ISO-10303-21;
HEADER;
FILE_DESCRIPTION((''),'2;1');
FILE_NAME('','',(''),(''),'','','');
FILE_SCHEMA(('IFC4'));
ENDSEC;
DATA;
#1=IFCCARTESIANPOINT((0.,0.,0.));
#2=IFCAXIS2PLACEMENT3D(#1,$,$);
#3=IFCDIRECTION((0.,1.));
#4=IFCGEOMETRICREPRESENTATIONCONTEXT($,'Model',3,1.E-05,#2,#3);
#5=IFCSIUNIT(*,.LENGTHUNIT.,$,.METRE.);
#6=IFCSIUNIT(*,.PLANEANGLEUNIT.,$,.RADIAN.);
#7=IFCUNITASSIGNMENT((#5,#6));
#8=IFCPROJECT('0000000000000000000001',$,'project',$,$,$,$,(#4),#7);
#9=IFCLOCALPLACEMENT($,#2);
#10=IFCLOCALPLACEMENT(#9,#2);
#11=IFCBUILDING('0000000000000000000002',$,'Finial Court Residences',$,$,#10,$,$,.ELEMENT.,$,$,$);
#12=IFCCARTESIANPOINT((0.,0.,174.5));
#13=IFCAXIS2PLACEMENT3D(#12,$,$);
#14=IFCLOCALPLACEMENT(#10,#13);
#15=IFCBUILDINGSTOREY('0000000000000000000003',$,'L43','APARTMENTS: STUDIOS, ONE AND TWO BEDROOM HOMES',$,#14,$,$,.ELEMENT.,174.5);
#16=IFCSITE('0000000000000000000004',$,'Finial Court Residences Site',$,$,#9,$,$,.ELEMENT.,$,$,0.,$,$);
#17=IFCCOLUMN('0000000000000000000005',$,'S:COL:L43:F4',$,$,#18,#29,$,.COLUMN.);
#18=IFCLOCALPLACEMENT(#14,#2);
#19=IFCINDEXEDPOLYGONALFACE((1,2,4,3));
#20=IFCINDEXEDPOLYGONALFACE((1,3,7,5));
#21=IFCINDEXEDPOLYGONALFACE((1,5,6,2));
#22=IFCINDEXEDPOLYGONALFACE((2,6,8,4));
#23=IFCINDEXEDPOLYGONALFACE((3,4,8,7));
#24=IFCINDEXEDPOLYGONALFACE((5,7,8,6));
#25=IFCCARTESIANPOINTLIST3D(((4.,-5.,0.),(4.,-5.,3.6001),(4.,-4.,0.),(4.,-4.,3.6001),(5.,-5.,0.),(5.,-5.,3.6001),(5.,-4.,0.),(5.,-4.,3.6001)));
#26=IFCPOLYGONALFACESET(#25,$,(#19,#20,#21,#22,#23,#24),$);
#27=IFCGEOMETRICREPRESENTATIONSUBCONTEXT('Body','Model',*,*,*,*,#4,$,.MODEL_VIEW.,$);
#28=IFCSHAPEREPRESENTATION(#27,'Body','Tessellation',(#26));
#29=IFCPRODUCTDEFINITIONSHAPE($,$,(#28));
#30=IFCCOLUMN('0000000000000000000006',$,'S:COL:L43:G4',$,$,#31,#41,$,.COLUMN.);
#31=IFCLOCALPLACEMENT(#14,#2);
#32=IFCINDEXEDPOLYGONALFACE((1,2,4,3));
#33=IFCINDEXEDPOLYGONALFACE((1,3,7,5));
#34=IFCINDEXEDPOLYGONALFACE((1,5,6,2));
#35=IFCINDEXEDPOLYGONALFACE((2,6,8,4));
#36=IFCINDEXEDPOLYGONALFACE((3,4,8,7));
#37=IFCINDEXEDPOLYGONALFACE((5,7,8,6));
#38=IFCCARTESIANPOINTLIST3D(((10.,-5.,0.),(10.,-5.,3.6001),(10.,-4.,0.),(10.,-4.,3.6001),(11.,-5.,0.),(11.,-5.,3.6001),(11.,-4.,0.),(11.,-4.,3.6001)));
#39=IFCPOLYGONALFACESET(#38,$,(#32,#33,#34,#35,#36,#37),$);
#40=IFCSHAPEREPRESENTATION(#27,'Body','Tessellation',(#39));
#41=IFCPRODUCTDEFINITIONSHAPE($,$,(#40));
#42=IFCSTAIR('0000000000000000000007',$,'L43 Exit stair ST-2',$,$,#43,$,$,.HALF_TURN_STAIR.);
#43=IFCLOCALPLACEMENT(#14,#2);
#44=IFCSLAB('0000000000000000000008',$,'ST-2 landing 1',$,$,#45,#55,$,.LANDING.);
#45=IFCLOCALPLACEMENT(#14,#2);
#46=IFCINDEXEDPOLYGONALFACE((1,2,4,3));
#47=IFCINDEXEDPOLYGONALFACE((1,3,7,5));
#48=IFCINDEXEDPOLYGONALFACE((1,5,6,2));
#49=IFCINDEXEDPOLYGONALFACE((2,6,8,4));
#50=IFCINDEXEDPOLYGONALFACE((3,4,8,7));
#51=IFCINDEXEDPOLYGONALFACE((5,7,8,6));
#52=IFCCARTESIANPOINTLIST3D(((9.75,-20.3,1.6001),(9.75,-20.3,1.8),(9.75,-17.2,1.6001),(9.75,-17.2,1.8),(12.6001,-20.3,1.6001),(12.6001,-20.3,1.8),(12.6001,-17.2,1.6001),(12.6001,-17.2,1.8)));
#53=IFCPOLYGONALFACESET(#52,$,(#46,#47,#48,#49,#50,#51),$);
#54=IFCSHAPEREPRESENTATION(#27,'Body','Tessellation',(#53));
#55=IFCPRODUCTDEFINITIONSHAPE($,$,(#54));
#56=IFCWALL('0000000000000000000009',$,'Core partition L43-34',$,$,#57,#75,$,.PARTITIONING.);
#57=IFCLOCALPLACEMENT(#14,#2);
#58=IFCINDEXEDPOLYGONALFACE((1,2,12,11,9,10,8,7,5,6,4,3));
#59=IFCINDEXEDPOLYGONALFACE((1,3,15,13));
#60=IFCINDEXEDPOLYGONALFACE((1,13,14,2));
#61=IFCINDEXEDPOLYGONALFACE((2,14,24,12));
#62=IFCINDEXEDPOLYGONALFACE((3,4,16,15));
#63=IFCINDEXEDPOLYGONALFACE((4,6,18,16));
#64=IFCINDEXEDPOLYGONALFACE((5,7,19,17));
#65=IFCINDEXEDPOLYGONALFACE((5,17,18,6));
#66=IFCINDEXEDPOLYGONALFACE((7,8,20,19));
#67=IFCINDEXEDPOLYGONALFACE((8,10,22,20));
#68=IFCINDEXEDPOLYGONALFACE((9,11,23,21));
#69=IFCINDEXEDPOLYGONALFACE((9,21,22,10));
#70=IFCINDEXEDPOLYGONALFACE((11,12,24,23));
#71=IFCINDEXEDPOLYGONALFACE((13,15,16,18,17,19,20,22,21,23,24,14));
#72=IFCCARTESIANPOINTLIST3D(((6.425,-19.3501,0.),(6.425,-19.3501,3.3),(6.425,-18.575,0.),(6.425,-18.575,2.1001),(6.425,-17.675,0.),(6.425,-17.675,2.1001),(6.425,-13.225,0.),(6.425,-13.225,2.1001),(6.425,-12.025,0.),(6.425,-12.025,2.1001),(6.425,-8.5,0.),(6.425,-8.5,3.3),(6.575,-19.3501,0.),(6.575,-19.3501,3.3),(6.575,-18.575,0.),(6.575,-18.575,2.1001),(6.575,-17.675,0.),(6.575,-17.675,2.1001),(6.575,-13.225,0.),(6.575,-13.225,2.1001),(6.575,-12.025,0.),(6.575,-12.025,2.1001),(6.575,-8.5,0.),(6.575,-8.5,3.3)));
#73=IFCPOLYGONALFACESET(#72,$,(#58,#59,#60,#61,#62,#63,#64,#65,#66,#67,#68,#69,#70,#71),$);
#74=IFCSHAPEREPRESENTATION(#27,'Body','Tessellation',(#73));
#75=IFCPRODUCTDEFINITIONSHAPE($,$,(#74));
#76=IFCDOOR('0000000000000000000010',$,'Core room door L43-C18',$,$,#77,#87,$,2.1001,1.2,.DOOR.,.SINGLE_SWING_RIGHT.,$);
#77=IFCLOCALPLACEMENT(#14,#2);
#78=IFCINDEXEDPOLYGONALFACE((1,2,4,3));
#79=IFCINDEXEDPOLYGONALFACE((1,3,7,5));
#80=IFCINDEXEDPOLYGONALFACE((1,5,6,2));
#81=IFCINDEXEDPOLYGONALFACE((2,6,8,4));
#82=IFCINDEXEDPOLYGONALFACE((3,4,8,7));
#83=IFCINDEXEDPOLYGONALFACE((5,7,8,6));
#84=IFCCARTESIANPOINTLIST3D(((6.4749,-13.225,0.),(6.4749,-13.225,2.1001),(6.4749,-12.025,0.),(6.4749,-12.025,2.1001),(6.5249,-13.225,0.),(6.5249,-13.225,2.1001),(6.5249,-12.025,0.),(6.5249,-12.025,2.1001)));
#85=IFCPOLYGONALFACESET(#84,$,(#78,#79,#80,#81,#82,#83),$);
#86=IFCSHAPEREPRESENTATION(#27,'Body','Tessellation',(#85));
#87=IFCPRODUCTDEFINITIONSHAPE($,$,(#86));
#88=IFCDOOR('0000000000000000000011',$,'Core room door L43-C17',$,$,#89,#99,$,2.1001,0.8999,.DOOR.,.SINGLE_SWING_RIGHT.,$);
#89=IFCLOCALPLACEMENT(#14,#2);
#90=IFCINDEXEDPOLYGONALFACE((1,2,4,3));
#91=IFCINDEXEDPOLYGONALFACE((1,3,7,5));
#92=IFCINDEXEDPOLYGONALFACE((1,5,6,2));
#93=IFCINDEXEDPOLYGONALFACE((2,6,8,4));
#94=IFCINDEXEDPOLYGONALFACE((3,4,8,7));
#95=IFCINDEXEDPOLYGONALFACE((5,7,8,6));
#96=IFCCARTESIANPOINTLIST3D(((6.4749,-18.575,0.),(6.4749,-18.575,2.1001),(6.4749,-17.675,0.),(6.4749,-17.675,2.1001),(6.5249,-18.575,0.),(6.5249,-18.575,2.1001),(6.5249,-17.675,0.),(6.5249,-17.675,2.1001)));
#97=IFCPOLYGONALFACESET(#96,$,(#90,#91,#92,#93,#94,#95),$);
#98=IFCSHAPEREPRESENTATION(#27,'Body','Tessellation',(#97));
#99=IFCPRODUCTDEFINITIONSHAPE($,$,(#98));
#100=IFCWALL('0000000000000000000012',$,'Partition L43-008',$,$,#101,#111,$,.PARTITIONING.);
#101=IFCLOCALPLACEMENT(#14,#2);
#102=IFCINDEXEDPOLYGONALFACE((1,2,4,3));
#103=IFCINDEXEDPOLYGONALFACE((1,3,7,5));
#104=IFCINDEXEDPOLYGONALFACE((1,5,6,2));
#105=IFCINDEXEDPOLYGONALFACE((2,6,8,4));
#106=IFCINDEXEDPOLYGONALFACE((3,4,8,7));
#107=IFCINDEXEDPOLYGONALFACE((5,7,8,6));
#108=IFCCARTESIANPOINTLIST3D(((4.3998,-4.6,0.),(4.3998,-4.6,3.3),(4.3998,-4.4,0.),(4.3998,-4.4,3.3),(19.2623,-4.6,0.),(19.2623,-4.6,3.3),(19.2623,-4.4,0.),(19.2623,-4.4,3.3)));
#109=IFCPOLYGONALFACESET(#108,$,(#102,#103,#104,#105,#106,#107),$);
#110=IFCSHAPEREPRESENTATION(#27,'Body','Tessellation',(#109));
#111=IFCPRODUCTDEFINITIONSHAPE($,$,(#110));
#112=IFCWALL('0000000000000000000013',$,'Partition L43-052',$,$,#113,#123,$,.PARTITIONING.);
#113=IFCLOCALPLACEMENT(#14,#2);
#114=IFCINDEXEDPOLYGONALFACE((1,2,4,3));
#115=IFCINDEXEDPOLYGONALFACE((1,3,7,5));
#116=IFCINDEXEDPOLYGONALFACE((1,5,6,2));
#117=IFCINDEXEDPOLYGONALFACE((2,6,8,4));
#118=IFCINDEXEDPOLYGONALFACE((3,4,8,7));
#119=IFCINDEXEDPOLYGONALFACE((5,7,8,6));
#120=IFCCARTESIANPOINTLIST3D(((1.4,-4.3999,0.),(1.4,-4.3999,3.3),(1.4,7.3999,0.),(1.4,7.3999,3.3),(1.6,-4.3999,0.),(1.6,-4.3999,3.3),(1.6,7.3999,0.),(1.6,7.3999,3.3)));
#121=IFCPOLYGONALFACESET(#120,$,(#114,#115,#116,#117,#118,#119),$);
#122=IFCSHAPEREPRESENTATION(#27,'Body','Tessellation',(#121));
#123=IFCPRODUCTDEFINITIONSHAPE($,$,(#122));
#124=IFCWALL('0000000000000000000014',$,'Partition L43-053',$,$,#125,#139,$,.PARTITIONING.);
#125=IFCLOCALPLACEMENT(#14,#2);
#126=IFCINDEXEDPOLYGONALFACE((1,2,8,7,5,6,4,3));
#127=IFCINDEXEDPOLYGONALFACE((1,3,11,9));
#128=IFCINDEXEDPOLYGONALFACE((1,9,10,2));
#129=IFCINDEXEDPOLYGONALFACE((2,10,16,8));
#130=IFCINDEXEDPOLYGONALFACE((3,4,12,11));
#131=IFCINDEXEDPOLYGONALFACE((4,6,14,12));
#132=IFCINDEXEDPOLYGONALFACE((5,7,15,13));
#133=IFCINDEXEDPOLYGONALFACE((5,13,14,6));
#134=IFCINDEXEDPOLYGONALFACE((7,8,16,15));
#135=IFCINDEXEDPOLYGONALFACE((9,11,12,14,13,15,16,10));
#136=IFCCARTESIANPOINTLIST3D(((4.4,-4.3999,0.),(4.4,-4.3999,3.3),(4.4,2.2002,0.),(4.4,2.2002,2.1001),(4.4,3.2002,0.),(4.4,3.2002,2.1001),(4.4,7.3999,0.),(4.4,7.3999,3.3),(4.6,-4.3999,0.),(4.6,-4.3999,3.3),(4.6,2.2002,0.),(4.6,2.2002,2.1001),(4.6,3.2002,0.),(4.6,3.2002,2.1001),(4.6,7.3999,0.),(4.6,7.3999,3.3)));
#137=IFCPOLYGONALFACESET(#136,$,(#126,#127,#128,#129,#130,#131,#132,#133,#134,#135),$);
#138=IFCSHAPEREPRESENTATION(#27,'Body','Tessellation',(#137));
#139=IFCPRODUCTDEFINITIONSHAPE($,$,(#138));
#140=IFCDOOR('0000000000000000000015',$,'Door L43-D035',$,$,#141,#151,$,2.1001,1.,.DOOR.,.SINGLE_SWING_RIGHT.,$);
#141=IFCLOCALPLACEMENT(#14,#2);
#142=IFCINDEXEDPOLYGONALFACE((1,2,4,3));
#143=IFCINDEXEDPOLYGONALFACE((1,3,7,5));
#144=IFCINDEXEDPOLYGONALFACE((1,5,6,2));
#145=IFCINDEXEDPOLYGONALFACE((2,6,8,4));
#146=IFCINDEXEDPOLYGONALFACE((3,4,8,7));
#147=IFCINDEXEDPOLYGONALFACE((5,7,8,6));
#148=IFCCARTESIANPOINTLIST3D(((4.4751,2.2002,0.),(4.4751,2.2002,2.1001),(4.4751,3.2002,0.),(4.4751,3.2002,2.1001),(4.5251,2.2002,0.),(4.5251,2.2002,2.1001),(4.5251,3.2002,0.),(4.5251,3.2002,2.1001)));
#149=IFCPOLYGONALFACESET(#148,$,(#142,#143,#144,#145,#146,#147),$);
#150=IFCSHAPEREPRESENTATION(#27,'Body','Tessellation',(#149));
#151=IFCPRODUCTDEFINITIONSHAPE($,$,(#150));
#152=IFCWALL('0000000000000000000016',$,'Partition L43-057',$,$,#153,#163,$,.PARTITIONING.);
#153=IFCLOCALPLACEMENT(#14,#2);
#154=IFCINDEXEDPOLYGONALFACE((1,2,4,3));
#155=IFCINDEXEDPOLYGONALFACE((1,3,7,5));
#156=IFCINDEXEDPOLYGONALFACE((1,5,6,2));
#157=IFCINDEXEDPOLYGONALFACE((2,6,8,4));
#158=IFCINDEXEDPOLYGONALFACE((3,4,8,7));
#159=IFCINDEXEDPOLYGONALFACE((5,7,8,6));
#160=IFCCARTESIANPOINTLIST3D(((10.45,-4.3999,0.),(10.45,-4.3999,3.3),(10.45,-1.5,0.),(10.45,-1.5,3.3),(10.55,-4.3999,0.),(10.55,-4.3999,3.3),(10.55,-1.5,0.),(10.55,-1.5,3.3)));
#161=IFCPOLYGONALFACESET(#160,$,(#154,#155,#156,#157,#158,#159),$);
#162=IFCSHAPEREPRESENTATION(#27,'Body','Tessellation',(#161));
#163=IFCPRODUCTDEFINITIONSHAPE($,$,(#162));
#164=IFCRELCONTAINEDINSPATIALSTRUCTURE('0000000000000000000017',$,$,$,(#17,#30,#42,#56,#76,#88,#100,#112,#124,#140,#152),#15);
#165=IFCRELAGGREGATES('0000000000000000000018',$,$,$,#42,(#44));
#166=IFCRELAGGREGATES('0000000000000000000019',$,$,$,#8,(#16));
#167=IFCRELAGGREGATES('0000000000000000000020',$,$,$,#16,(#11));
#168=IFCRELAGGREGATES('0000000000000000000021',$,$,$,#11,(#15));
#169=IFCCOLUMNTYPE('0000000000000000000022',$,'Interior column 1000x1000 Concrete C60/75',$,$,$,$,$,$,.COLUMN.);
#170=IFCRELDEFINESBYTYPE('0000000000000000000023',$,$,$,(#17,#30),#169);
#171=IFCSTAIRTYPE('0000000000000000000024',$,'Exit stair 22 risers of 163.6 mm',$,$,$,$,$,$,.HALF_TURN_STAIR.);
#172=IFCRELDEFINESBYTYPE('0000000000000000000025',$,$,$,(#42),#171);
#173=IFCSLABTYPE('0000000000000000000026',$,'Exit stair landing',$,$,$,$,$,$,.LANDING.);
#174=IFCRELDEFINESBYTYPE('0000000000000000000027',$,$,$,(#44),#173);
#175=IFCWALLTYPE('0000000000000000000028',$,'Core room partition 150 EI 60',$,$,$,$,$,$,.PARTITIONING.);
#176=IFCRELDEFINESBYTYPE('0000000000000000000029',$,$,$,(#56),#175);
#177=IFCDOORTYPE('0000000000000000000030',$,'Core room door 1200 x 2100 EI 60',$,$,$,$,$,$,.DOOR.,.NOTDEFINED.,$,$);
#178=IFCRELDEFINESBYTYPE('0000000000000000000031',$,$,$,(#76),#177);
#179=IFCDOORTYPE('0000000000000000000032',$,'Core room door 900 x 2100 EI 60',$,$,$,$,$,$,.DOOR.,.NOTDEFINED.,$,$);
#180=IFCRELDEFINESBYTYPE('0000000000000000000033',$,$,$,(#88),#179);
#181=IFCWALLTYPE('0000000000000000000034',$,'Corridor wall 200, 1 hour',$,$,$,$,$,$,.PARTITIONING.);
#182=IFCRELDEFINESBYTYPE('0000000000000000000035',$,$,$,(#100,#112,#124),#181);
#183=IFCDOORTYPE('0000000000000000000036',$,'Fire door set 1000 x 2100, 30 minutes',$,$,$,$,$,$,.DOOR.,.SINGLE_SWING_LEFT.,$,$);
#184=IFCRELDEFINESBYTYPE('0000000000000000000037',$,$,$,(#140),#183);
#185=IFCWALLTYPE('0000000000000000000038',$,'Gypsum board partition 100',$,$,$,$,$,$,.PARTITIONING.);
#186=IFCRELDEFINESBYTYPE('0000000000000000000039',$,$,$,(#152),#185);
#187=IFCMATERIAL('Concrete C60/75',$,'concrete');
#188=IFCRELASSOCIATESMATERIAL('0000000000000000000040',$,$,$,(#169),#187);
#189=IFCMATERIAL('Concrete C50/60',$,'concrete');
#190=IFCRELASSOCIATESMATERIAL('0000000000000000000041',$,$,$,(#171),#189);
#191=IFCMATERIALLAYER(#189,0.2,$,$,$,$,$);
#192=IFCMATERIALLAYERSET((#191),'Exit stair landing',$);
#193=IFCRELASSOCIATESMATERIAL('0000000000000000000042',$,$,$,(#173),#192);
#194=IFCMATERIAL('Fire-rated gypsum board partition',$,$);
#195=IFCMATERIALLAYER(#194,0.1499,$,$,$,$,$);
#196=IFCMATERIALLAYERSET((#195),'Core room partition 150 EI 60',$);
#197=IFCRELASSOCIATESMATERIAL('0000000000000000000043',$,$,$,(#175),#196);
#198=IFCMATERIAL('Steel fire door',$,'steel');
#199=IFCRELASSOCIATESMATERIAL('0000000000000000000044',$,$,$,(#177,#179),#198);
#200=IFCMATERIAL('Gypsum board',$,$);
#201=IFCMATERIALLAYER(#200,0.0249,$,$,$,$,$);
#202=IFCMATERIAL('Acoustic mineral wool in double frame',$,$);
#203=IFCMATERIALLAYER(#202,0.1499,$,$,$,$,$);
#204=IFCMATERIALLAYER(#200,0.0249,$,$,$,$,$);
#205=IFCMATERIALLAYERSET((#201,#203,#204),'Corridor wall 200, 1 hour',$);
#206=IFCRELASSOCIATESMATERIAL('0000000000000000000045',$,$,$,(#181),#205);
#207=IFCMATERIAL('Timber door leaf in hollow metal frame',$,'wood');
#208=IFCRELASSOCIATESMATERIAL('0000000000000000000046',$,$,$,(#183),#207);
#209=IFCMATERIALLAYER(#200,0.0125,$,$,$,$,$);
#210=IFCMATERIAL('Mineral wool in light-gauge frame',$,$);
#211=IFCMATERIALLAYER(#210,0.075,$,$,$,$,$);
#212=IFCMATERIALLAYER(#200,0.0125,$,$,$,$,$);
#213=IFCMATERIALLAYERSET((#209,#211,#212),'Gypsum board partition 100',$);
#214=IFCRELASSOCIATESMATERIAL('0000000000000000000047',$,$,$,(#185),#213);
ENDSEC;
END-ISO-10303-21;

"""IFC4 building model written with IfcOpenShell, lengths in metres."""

from ifc_helpers import new_model, si_unit, direction, frame, frame_2d, origin, origin_2d, place, context, subcontext, project, spatial, polyline, rectangle, outline, extrude, material, layer, layer_set, material_profile, profile_set, type_object, element, fill, aggregate, save


model = new_model("IFC4")

# Units and contexts
model_context = context("Model", 3, precision=1e-05, world=origin(), true_north=direction((0.0, 1.0)))
body_context = subcontext(model_context, "Body", "Model", "MODEL_VIEW")
ifc_project = project(units=[si_unit("LENGTHUNIT", "METRE"), si_unit("PLANEANGLEUNIT", "RADIAN")], contexts=[model_context])

# Site, building, storey
site_placement = place(None, origin())
site = spatial("IfcSite", under=ifc_project, at=site_placement, Name="Finial Court Residences Site", CompositionType="ELEMENT", RefElevation=0.0)
building_placement = place(site_placement, origin())
building = spatial("IfcBuilding", under=site, at=building_placement, Name="Finial Court Residences", CompositionType="ELEMENT")
storey_placement = place(building_placement, frame((0.0, 0.0, 174.5)))
storey = spatial("IfcBuildingStorey", under=building, at=storey_placement, Name="L43", Description="APARTMENTS: STUDIOS, ONE AND TWO BEDROOM HOMES", CompositionType="ELEMENT", Elevation=174.5)

# Columns
ifc_material_1 = material(Name="Concrete C60/75", Category="concrete")
ifc_material_profile = material_profile(ifc_material_1, rectangle(XDim=1.0, YDim=1.0, at=origin_2d()), Name="1000x1000")
ifc_profile_set = profile_set([ifc_material_profile], Name="Concrete C60/75")
column_type = type_object("IfcColumnType", Name="Interior column 1000x1000 Concrete C60/75", PredefinedType="COLUMN", material=ifc_profile_set)
for number, where, z_axis, x_axis, name in (
    (1, (4.5, -4.5, 0.0), (0.0, 0.0, 1.0), (1.0, 0.0, 0.0), "S:COL:L43:F4"),
    (2, (10.5, -4.5, 0.0), (0.0, 0.0, 1.0), (1.0, 0.0, 0.0), "S:COL:L43:G4"),
):
    element("IfcColumn", number, at=place(storey_placement, frame(where, z_axis=z_axis, x_axis=x_axis)), inside=storey, type_object=column_type, Name=name, PredefinedType="COLUMN", context=body_context, shape_type="SweptSolid", body=[
        extrude(rectangle(XDim=1.0, YDim=1.0, at=origin_2d()), origin(), (0.0, 0.0, 1.0), 3.6001),
    ])

# Stair, slab
ifc_material_2 = material(Name="Concrete C50/60", Category="concrete")
stair_type = type_object("IfcStairType", Name="Exit stair 22 risers of 163.6 mm", PredefinedType="HALF_TURN_STAIR", material=ifc_material_2)
stair_placement = place(storey_placement, origin())
stair = element("IfcStair", 3, at=stair_placement, inside=storey, type_object=stair_type, Name="L43 Exit stair ST-2", PredefinedType="HALF_TURN_STAIR")
ifc_layer_1 = layer(ifc_material_2, 0.2)
ifc_layer_set_1 = layer_set([ifc_layer_1], Name="Exit stair landing")
slab_type = type_object("IfcSlabType", Name="Exit stair landing", PredefinedType="LANDING", material=ifc_layer_set_1)
slab_placement = place(storey_placement, frame((0.0, 0.0, 1.6001)))
slab = element("IfcSlab", 4, at=slab_placement, type_object=slab_type, Name="ST-2 landing 1", PredefinedType="LANDING", context=body_context, shape_type="SweptSolid", body=[
    extrude(outline(polyline([(12.6001, -20.3), (12.6001, -17.2), (9.75, -17.2), (9.75, -20.3), (12.6001, -20.3)])), origin(), (0.0, 0.0, 1.0), 0.2),
])
aggregate(stair, [slab])

# Wall, openings, doors
ifc_material_3 = material(Name="Fire-rated gypsum board partition")
ifc_layer_2 = layer(ifc_material_3, 0.1499)
ifc_layer_set_2 = layer_set([ifc_layer_2], Name="Core room partition 150 EI 60")
wall_type_1 = type_object("IfcWallType", Name="Core room partition 150 EI 60", PredefinedType="PARTITIONING", material=ifc_layer_set_2)
wall_1_placement = place(storey_placement, frame((6.5, -8.5, 0.0), z_axis=(0.0, 0.0, 1.0), x_axis=(0.0, -1.0, 0.0)))
wall_1 = element("IfcWall", 5, at=wall_1_placement, inside=storey, type_object=wall_type_1, Name="Core partition L43-34", PredefinedType="PARTITIONING", context=body_context, shape_type="SweptSolid", body=[
    extrude(rectangle(XDim=10.8501, YDim=0.1499, at=frame_2d((5.425, 0.0))), origin(), (0.0, 0.0, 1.0), 3.3),
])
opening_1_placement = place(wall_1_placement, frame((9.175, 0.0, 0.0)))
opening_1 = element("IfcOpeningElement", 6, at=opening_1_placement, cuts=wall_1, PredefinedType="OPENING", context=body_context, shape_type="SweptSolid", body=[
    extrude(rectangle(XDim=0.8999, YDim=2.1001, at=frame_2d((0.45, 1.05))), frame((0.0, 0.085, 0.0), z_axis=(0.0, -1.0, 0.0), x_axis=(1.0, 0.0, 0.0)), (0.0, 0.0, 1.0), 0.1699),
])
opening_2_placement = place(wall_1_placement, frame((3.5249, 0.0, 0.0)))
opening_2 = element("IfcOpeningElement", 7, at=opening_2_placement, cuts=wall_1, PredefinedType="OPENING", context=body_context, shape_type="SweptSolid", body=[
    extrude(rectangle(XDim=1.2, YDim=2.1001, at=frame_2d((0.6001, 1.05))), frame((0.0, 0.085, 0.0), z_axis=(0.0, -1.0, 0.0), x_axis=(1.0, 0.0, 0.0)), (0.0, 0.0, 1.0), 0.1699),
])
ifc_material_4 = material(Name="Steel fire door", Category="steel")
door_type_1 = type_object("IfcDoorType", Name="Core room door 1200 x 2100 EI 60", OperationType="NOTDEFINED", PredefinedType="DOOR", material=ifc_material_4)
door_1_placement = place(opening_2_placement, origin())
door_1 = element("IfcDoor", 8, at=door_1_placement, inside=storey, type_object=door_type_1, Name="Core room door L43-C18", OperationType="SINGLE_SWING_RIGHT", OverallHeight=2.1001, OverallWidth=1.2, PredefinedType="DOOR", context=body_context, shape_type="SweptSolid", body=[
    extrude(rectangle(XDim=1.2, YDim=2.1001, at=frame_2d((0.6001, 1.05))), frame((0.0, 0.0249, 0.0), z_axis=(0.0, -1.0, 0.0), x_axis=(1.0, 0.0, 0.0)), (0.0, 0.0, 1.0), 0.05),
])
fill(opening_2, door_1)
door_type_2 = type_object("IfcDoorType", Name="Core room door 900 x 2100 EI 60", OperationType="NOTDEFINED", PredefinedType="DOOR", material=ifc_material_4)
door_2_placement = place(opening_1_placement, origin())
door_2 = element("IfcDoor", 9, at=door_2_placement, inside=storey, type_object=door_type_2, Name="Core room door L43-C17", OperationType="SINGLE_SWING_RIGHT", OverallHeight=2.1001, OverallWidth=0.8999, PredefinedType="DOOR", context=body_context, shape_type="SweptSolid", body=[
    extrude(rectangle(XDim=0.8999, YDim=2.1001, at=frame_2d((0.45, 1.05))), frame((0.0, 0.0249, 0.0), z_axis=(0.0, -1.0, 0.0), x_axis=(1.0, 0.0, 0.0)), (0.0, 0.0, 1.0), 0.05),
])
fill(opening_1, door_2)

# Walls
ifc_material_5 = material(Name="Gypsum board")
ifc_layer_3 = layer(ifc_material_5, 0.0249)
ifc_material_6 = material(Name="Acoustic mineral wool in double frame")
ifc_layer_4 = layer(ifc_material_6, 0.1499)
ifc_layer_5 = layer(ifc_material_5, 0.0249)
ifc_layer_set_3 = layer_set([ifc_layer_3, ifc_layer_4, ifc_layer_5], Name="Corridor wall 200, 1 hour")
wall_type_2 = type_object("IfcWallType", Name="Corridor wall 200, 1 hour", PredefinedType="PARTITIONING", material=ifc_layer_set_3)
wall_2_placement = place(storey_placement, frame((4.3999, -4.5, 0.0), z_axis=(0.0, 0.0, 1.0), x_axis=(1.0, 0.0, 0.0)))
element("IfcWall", 10, at=wall_2_placement, inside=storey, type_object=wall_type_2, Name="Partition L43-008", PredefinedType="PARTITIONING", context=body_context, shape_type="SweptSolid", body=[
    extrude(rectangle(XDim=14.8625, YDim=0.2, at=frame_2d((7.4312, 0.0))), origin(), (0.0, 0.0, 1.0), 3.3),
])
wall_3_placement = place(storey_placement, frame((1.5, -4.3999, 0.0), z_axis=(0.0, 0.0, 1.0), x_axis=(0.0, 1.0, 0.0)))
element("IfcWall", 11, at=wall_3_placement, inside=storey, type_object=wall_type_2, Name="Partition L43-052", PredefinedType="PARTITIONING", context=body_context, shape_type="SweptSolid", body=[
    extrude(rectangle(XDim=11.7998, YDim=0.2, at=frame_2d((5.8999, 0.0))), origin(), (0.0, 0.0, 1.0), 3.3),
])

# Wall, opening, door
wall_4_placement = place(storey_placement, frame((4.5, -4.3999, 0.0), z_axis=(0.0, 0.0, 1.0), x_axis=(0.0, 1.0, 0.0)))
wall_4 = element("IfcWall", 12, at=wall_4_placement, inside=storey, type_object=wall_type_2, Name="Partition L43-053", PredefinedType="PARTITIONING", context=body_context, shape_type="SweptSolid", body=[
    extrude(rectangle(XDim=11.7998, YDim=0.2, at=frame_2d((5.8999, 0.0))), origin(), (0.0, 0.0, 1.0), 3.3),
])
opening_3_placement = place(wall_4_placement, frame((6.6001, 0.0, 0.0)))
opening_3 = element("IfcOpeningElement", 13, at=opening_3_placement, cuts=wall_4, PredefinedType="OPENING", context=body_context, shape_type="SweptSolid", body=[
    extrude(rectangle(XDim=1.0, YDim=2.1001, at=frame_2d((0.5, 1.05))), frame((0.0, 0.1099, 0.0), z_axis=(0.0, -1.0, 0.0), x_axis=(1.0, 0.0, 0.0)), (0.0, 0.0, 1.0), 0.22),
])
ifc_material_7 = material(Name="Timber door leaf in hollow metal frame", Category="wood")
door_type_3 = type_object("IfcDoorType", Name="Fire door set 1000 x 2100, 30 minutes", OperationType="SINGLE_SWING_LEFT", PredefinedType="DOOR", material=ifc_material_7)
door_3_placement = place(opening_3_placement, origin())
door_3 = element("IfcDoor", 14, at=door_3_placement, inside=storey, type_object=door_type_3, Name="Door L43-D035", OperationType="SINGLE_SWING_RIGHT", OverallHeight=2.1001, OverallWidth=1.0, PredefinedType="DOOR", context=body_context, shape_type="SweptSolid", body=[
    extrude(rectangle(XDim=1.0, YDim=2.1001, at=frame_2d((0.5, 1.05))), frame((0.0, 0.0249, 0.0), z_axis=(0.0, -1.0, 0.0), x_axis=(1.0, 0.0, 0.0)), (0.0, 0.0, 1.0), 0.05),
])
fill(opening_3, door_3)

# Wall
ifc_layer_6 = layer(ifc_material_5, 0.0125)
ifc_material_8 = material(Name="Mineral wool in light-gauge frame")
ifc_layer_7 = layer(ifc_material_8, 0.075)
ifc_layer_8 = layer(ifc_material_5, 0.0125)
ifc_layer_set_4 = layer_set([ifc_layer_6, ifc_layer_7, ifc_layer_8], Name="Gypsum board partition 100")
wall_type_3 = type_object("IfcWallType", Name="Gypsum board partition 100", PredefinedType="PARTITIONING", material=ifc_layer_set_4)
wall_5_placement = place(storey_placement, frame((10.5, -4.3999, 0.0), z_axis=(0.0, 0.0, 1.0), x_axis=(0.0, 1.0, 0.0)))
element("IfcWall", 15, at=wall_5_placement, inside=storey, type_object=wall_type_3, Name="Partition L43-057", PredefinedType="PARTITIONING", context=body_context, shape_type="SweptSolid", body=[
    extrude(rectangle(XDim=2.8999, YDim=0.1001, at=frame_2d((1.45, 0.0))), origin(), (0.0, 0.0, 1.0), 3.3),
])

save(model, "model.ifc")
